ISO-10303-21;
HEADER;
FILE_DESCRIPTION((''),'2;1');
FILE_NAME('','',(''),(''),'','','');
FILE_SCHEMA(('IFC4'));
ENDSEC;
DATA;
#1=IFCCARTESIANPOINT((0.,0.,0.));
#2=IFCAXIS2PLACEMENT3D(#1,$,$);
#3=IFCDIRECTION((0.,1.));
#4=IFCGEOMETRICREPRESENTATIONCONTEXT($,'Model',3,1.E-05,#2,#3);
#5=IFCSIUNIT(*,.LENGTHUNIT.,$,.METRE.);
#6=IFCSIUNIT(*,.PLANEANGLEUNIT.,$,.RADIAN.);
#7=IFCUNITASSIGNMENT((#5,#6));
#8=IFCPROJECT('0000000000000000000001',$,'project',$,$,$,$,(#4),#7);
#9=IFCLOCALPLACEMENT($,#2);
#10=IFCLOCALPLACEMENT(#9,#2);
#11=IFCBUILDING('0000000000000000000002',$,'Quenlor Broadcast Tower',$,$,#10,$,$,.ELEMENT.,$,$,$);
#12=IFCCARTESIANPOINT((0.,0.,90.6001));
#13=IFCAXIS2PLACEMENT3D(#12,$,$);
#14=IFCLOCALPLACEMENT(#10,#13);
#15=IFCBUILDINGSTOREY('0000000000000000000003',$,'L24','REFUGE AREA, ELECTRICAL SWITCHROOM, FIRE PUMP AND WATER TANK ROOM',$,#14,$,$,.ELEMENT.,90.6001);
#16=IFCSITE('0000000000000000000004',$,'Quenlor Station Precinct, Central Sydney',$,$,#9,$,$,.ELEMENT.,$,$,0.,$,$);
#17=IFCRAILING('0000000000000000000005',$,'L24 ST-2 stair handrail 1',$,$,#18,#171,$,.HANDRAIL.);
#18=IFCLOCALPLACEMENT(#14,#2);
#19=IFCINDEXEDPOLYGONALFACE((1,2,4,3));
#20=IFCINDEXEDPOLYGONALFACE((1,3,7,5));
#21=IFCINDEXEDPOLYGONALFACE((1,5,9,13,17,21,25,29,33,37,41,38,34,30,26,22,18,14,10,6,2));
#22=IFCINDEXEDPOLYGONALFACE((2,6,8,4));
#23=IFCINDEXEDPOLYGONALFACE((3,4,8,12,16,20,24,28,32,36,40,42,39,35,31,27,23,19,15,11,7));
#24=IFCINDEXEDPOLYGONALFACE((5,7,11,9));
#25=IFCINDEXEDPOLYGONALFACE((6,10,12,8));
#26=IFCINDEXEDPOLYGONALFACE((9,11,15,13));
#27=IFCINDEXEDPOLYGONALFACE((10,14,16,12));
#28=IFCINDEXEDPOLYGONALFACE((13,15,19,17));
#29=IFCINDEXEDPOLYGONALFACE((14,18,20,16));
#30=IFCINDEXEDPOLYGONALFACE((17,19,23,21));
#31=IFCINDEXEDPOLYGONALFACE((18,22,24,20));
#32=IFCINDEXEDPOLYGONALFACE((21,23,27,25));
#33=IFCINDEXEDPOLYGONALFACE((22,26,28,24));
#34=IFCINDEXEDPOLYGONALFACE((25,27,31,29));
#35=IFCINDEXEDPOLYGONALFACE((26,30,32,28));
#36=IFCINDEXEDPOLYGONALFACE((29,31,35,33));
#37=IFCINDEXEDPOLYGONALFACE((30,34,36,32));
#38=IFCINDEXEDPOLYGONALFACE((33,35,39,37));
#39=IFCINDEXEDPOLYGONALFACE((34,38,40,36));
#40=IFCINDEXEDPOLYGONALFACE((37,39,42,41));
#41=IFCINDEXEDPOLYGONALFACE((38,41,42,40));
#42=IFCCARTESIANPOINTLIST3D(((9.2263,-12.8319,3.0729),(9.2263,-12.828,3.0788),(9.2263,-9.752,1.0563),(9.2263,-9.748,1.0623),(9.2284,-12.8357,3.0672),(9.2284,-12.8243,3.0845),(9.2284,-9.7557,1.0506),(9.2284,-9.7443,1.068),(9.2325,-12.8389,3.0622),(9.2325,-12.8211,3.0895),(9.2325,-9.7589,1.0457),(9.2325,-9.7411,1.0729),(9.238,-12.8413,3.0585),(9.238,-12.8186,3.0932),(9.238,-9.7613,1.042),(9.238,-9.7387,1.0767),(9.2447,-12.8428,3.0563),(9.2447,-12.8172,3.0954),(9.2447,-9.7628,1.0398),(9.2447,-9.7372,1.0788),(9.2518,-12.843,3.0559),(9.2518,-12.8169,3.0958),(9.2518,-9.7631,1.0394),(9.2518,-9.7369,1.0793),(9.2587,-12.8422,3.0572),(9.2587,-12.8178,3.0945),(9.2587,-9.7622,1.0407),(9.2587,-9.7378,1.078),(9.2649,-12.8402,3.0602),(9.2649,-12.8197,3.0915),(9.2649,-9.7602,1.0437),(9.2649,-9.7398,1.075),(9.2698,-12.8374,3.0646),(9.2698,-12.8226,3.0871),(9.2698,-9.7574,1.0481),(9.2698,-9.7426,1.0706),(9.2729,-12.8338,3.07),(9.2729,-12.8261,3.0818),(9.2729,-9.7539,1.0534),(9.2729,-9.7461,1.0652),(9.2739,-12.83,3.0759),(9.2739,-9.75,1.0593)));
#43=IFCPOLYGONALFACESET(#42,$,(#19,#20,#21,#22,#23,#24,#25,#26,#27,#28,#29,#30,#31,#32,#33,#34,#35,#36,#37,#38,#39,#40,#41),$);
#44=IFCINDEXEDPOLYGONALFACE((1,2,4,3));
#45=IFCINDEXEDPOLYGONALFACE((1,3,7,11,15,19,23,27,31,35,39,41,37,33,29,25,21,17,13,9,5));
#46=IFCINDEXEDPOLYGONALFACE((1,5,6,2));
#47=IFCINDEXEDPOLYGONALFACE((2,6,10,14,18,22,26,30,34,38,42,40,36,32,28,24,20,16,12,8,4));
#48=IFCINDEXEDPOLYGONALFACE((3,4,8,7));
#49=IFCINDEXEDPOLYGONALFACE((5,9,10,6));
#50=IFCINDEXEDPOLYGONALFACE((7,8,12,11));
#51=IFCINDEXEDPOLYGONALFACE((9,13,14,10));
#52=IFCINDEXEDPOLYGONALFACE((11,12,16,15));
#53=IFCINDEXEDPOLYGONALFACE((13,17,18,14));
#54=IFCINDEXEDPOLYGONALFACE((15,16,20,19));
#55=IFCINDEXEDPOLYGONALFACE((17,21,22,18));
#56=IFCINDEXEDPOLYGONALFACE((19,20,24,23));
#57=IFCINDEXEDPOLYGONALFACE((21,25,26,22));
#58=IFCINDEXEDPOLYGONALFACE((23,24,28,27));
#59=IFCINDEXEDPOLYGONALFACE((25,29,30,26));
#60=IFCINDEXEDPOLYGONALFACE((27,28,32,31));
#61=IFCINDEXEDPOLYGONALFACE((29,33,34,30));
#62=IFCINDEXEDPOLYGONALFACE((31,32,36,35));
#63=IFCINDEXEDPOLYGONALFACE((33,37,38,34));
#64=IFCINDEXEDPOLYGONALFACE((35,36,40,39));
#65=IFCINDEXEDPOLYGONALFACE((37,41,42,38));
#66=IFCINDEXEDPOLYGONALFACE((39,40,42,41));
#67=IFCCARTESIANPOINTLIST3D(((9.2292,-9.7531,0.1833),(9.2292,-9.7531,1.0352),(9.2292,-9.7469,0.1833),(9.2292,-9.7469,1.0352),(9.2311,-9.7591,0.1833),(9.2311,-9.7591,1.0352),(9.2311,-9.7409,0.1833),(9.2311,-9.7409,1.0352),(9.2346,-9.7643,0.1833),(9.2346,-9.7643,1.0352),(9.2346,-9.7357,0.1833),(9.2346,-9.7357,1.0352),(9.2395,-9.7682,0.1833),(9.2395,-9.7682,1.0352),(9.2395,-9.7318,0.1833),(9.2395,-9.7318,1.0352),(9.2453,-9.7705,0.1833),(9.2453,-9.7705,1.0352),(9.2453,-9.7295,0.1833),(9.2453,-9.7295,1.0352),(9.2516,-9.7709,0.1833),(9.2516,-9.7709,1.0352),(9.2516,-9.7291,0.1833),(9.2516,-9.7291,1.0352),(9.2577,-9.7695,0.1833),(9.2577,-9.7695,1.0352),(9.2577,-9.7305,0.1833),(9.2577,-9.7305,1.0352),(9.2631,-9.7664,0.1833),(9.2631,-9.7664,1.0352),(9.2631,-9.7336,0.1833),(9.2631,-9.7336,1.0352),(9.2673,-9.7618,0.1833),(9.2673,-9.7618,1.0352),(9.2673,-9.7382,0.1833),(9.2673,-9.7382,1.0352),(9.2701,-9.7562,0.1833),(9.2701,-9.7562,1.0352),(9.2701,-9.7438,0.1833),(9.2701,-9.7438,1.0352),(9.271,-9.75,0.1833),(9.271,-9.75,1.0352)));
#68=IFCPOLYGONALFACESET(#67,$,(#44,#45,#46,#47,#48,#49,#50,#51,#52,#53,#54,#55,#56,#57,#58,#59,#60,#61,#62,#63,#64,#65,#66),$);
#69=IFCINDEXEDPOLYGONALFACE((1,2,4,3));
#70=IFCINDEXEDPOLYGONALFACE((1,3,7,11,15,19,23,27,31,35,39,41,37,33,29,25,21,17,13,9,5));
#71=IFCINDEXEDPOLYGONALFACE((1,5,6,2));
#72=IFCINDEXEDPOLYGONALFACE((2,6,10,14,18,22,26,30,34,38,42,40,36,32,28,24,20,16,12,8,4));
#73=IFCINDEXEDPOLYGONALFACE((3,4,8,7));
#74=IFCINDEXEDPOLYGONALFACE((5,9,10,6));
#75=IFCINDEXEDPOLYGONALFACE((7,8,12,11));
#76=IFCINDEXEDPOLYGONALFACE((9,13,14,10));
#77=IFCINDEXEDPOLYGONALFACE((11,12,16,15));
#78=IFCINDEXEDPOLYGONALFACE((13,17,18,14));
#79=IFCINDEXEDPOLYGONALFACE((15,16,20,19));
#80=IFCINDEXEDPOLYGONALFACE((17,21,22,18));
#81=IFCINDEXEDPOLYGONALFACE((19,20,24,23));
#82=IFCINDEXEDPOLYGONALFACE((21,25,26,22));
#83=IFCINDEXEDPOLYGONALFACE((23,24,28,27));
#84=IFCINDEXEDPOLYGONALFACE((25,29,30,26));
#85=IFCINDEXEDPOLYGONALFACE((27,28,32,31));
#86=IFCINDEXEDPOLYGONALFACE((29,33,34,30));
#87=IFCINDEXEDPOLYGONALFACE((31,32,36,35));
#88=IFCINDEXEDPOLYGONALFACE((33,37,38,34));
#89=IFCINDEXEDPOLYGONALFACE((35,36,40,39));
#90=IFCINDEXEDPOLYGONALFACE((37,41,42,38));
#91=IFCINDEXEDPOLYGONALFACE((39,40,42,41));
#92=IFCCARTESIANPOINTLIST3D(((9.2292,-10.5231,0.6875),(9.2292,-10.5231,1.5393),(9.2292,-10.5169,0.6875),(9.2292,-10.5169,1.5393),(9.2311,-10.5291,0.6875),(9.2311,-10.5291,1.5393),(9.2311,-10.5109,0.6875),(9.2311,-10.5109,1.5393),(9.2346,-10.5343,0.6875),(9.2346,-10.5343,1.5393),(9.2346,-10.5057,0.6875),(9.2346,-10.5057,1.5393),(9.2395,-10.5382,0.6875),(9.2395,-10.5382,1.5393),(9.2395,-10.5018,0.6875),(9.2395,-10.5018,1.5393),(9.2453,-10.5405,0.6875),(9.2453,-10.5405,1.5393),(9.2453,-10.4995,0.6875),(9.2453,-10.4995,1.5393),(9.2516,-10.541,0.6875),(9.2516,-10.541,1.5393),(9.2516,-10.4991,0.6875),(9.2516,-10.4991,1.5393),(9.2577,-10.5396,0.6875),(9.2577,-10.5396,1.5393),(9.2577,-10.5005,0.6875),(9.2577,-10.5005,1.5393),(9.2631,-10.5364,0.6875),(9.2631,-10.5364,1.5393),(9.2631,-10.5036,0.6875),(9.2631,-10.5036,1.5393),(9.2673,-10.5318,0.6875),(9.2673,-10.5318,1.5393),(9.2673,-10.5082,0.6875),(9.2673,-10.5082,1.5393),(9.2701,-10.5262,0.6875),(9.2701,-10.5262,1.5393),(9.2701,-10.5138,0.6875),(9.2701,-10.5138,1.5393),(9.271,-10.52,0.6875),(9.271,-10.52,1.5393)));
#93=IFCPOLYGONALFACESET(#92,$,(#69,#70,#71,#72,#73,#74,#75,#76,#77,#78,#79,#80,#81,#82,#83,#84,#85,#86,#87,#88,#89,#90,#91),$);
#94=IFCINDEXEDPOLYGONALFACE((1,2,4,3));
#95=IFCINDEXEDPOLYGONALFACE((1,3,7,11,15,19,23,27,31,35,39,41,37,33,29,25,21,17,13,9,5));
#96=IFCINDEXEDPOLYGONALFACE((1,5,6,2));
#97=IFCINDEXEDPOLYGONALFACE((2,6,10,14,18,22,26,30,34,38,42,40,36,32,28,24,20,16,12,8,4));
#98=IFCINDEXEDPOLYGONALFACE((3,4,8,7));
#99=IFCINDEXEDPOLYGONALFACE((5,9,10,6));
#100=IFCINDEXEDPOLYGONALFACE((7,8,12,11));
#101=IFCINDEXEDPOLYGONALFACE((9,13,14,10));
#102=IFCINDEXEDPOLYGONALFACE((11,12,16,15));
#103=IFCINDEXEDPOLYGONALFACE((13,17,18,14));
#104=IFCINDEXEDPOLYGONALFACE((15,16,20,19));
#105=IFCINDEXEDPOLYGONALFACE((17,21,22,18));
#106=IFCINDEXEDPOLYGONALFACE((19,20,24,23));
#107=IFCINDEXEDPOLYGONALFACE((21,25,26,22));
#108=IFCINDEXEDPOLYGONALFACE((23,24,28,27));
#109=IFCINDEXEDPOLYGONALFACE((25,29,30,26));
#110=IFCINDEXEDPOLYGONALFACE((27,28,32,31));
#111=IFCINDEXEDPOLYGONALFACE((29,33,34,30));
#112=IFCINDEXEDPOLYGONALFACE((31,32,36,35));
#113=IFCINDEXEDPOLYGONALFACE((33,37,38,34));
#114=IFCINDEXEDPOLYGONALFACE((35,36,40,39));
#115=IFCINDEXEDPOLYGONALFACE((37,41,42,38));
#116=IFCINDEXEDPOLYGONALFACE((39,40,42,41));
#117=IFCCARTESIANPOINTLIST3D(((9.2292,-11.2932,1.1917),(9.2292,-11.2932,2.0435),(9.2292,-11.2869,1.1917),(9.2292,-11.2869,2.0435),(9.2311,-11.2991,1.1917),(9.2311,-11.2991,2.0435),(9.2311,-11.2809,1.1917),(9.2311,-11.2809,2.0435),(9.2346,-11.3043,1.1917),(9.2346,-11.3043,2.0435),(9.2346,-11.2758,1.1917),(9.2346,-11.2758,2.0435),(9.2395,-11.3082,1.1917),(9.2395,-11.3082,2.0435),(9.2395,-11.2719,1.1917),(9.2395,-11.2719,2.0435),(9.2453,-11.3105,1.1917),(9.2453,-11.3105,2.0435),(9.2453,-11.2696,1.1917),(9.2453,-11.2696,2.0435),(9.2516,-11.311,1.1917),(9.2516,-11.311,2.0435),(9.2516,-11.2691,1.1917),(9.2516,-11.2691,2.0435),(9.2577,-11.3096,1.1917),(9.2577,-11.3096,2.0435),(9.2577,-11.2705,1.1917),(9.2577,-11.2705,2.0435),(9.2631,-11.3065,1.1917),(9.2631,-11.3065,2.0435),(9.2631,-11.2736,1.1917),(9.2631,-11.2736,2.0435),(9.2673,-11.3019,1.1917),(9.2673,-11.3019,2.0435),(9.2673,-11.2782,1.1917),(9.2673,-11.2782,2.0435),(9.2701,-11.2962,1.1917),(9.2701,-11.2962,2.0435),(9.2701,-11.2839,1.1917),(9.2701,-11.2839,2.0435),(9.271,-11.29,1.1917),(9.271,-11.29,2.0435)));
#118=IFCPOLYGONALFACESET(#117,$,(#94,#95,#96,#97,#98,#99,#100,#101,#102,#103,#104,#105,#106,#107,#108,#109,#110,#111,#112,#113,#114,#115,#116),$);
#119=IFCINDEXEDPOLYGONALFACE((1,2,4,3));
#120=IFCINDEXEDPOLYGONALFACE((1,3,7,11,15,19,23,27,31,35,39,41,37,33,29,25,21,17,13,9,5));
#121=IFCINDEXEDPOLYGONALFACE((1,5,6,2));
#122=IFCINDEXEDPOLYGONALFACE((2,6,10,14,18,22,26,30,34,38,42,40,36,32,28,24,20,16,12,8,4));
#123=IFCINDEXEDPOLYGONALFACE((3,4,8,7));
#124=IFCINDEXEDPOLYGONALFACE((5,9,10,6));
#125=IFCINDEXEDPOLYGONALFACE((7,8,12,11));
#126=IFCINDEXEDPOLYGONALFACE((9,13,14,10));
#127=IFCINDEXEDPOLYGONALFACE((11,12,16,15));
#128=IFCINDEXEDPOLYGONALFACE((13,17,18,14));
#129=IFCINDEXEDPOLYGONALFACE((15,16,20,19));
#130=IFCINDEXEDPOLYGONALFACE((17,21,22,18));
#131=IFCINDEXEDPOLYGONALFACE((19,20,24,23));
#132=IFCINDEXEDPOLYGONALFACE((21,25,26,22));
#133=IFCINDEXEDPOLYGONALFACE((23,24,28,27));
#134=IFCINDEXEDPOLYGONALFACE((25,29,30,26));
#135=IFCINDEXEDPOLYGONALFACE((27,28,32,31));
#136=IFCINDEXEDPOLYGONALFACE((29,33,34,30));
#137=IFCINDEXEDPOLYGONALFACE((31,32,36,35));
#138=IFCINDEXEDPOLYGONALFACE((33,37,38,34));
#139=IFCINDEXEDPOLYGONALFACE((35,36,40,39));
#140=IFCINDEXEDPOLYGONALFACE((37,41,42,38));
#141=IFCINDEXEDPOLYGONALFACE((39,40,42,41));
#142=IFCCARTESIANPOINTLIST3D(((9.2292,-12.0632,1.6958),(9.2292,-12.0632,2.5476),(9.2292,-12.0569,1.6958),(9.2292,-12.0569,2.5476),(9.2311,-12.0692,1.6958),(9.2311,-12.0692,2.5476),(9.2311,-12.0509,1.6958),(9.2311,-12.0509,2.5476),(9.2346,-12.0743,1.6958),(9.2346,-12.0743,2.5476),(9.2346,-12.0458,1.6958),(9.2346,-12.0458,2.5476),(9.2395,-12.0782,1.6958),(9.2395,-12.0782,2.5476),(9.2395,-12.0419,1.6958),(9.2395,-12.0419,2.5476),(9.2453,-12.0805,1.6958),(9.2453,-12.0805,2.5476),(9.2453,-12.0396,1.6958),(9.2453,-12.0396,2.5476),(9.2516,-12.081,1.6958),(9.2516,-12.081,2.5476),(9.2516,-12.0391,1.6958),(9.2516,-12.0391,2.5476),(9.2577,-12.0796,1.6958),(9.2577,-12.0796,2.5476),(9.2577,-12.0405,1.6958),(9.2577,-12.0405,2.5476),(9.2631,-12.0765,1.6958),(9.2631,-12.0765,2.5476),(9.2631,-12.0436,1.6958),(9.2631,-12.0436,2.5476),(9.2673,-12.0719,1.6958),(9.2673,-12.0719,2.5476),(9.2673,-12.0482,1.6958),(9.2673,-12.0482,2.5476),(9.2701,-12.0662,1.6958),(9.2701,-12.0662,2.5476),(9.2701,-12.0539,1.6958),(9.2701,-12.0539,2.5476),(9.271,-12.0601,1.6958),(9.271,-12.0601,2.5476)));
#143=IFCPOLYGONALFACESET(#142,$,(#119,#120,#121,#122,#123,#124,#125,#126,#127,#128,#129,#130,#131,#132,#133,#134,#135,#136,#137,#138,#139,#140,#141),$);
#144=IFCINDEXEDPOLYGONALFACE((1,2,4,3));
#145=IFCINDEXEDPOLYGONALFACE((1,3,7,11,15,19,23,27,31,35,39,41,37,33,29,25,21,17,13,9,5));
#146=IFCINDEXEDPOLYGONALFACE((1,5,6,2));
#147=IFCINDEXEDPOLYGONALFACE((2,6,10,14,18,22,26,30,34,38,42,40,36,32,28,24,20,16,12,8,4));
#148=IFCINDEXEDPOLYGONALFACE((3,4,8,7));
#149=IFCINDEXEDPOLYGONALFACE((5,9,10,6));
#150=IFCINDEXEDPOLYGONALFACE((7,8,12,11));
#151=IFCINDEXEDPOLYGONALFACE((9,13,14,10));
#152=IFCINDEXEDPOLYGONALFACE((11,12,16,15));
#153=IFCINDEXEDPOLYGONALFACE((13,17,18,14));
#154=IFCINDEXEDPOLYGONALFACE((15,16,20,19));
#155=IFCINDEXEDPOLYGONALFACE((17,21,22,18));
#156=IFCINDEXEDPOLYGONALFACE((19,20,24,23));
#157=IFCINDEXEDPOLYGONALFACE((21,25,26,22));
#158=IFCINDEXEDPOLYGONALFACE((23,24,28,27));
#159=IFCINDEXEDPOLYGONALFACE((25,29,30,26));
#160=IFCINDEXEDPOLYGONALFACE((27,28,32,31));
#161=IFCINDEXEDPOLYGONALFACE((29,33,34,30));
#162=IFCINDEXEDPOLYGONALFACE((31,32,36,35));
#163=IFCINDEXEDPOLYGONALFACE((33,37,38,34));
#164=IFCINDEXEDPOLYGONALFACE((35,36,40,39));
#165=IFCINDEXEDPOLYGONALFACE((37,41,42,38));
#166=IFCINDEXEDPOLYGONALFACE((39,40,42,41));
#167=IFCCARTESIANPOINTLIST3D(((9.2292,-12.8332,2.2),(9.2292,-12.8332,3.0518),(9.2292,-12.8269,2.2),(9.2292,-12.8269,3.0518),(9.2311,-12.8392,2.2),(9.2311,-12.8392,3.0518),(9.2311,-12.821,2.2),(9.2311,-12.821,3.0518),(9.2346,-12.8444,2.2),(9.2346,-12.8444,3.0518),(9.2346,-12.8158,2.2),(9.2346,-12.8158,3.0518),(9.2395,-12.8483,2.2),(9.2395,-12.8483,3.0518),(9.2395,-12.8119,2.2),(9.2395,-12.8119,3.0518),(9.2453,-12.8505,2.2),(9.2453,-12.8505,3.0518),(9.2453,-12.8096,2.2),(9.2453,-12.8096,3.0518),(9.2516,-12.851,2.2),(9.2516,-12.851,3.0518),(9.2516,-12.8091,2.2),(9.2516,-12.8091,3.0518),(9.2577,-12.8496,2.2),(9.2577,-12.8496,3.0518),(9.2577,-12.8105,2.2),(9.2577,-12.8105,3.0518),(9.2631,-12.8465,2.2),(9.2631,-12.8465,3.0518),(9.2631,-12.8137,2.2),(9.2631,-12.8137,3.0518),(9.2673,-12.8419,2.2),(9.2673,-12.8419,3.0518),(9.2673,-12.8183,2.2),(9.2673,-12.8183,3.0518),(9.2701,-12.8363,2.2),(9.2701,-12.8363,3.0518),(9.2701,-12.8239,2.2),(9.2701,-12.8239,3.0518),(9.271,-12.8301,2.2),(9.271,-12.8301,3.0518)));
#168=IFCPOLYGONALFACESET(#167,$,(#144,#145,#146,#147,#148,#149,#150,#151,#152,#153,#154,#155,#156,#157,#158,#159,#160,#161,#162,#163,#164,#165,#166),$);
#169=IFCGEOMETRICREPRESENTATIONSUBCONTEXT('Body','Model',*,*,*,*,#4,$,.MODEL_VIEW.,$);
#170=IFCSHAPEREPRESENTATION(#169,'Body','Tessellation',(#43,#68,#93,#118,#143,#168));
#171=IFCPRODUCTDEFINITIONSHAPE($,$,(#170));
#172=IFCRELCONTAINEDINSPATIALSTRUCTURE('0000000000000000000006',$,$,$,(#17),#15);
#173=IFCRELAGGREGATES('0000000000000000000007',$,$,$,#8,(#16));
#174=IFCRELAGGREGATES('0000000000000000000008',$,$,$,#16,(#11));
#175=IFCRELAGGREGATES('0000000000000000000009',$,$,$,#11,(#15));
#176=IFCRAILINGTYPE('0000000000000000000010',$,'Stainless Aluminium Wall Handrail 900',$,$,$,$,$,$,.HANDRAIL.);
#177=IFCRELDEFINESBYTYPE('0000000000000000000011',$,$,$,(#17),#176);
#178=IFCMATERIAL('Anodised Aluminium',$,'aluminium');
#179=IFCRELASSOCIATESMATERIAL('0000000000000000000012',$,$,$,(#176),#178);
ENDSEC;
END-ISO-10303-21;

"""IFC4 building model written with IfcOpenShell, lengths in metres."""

from ifc_helpers import new_model, si_unit, direction, frame, origin, origin_2d, place, context, subcontext, project, spatial, circle, extrude, material, type_object, element, save


model = new_model("IFC4")

# Units and contexts
model_context = context("Model", 3, precision=1e-05, world=origin(), true_north=direction((0.0, 1.0)))
body_context = subcontext(model_context, "Body", "Model", "MODEL_VIEW")
ifc_project = project(units=[si_unit("LENGTHUNIT", "METRE"), si_unit("PLANEANGLEUNIT", "RADIAN")], contexts=[model_context])

# Site, building, storey
site_placement = place(None, origin())
site = spatial("IfcSite", under=ifc_project, at=site_placement, Name="Quenlor Station Precinct, Central Sydney", CompositionType="ELEMENT", RefElevation=0.0)
building_placement = place(site_placement, origin())
building = spatial("IfcBuilding", under=site, at=building_placement, Name="Quenlor Broadcast Tower", CompositionType="ELEMENT")
storey_placement = place(building_placement, frame((0.0, 0.0, 90.6001)))
storey = spatial("IfcBuildingStorey", under=building, at=storey_placement, Name="L24", Description="REFUGE AREA, ELECTRICAL SWITCHROOM, FIRE PUMP AND WATER TANK ROOM", CompositionType="ELEMENT", Elevation=90.6001)

# Railing
ifc_material_1 = material(Name="Anodised Aluminium", Category="aluminium")
railing_type = type_object("IfcRailingType", Name="Stainless Aluminium Wall Handrail 900", PredefinedType="HANDRAIL", material=ifc_material_1)
railing_placement = place(storey_placement, frame((9.25, -9.75, 0.1833)))
element("IfcRailing", 1, at=railing_placement, inside=storey, type_object=railing_type, Name="L24 ST-2 stair handrail 1", PredefinedType="HANDRAIL", context=body_context, shape_type="SweptSolid", body=[
    extrude(circle(Radius=0.0239, at=origin_2d()), frame((0.0, 0.0, 0.876), z_axis=(0.0, -0.836633, 0.547764), x_axis=(1.0, 0.0, 0.0)), (0.0, 0.0, 1.0), 3.6814),
    extrude(circle(Radius=0.021, at=origin_2d()), origin(), (0.0, 0.0, 1.0), 0.8518),
    extrude(circle(Radius=0.021, at=origin_2d()), frame((0.0, -0.77, 0.5042)), (0.0, 0.0, 1.0), 0.8518),
    extrude(circle(Radius=0.021, at=origin_2d()), frame((0.0, -1.54, 1.0083)), (0.0, 0.0, 1.0), 0.8518),
    extrude(circle(Radius=0.021, at=origin_2d()), frame((0.0, -2.3101, 1.5125)), (0.0, 0.0, 1.0), 0.8518),
    extrude(circle(Radius=0.021, at=origin_2d()), frame((0.0, -3.0801, 2.0166)), (0.0, 0.0, 1.0), 0.8518),
])

save(model, "model.ifc")
